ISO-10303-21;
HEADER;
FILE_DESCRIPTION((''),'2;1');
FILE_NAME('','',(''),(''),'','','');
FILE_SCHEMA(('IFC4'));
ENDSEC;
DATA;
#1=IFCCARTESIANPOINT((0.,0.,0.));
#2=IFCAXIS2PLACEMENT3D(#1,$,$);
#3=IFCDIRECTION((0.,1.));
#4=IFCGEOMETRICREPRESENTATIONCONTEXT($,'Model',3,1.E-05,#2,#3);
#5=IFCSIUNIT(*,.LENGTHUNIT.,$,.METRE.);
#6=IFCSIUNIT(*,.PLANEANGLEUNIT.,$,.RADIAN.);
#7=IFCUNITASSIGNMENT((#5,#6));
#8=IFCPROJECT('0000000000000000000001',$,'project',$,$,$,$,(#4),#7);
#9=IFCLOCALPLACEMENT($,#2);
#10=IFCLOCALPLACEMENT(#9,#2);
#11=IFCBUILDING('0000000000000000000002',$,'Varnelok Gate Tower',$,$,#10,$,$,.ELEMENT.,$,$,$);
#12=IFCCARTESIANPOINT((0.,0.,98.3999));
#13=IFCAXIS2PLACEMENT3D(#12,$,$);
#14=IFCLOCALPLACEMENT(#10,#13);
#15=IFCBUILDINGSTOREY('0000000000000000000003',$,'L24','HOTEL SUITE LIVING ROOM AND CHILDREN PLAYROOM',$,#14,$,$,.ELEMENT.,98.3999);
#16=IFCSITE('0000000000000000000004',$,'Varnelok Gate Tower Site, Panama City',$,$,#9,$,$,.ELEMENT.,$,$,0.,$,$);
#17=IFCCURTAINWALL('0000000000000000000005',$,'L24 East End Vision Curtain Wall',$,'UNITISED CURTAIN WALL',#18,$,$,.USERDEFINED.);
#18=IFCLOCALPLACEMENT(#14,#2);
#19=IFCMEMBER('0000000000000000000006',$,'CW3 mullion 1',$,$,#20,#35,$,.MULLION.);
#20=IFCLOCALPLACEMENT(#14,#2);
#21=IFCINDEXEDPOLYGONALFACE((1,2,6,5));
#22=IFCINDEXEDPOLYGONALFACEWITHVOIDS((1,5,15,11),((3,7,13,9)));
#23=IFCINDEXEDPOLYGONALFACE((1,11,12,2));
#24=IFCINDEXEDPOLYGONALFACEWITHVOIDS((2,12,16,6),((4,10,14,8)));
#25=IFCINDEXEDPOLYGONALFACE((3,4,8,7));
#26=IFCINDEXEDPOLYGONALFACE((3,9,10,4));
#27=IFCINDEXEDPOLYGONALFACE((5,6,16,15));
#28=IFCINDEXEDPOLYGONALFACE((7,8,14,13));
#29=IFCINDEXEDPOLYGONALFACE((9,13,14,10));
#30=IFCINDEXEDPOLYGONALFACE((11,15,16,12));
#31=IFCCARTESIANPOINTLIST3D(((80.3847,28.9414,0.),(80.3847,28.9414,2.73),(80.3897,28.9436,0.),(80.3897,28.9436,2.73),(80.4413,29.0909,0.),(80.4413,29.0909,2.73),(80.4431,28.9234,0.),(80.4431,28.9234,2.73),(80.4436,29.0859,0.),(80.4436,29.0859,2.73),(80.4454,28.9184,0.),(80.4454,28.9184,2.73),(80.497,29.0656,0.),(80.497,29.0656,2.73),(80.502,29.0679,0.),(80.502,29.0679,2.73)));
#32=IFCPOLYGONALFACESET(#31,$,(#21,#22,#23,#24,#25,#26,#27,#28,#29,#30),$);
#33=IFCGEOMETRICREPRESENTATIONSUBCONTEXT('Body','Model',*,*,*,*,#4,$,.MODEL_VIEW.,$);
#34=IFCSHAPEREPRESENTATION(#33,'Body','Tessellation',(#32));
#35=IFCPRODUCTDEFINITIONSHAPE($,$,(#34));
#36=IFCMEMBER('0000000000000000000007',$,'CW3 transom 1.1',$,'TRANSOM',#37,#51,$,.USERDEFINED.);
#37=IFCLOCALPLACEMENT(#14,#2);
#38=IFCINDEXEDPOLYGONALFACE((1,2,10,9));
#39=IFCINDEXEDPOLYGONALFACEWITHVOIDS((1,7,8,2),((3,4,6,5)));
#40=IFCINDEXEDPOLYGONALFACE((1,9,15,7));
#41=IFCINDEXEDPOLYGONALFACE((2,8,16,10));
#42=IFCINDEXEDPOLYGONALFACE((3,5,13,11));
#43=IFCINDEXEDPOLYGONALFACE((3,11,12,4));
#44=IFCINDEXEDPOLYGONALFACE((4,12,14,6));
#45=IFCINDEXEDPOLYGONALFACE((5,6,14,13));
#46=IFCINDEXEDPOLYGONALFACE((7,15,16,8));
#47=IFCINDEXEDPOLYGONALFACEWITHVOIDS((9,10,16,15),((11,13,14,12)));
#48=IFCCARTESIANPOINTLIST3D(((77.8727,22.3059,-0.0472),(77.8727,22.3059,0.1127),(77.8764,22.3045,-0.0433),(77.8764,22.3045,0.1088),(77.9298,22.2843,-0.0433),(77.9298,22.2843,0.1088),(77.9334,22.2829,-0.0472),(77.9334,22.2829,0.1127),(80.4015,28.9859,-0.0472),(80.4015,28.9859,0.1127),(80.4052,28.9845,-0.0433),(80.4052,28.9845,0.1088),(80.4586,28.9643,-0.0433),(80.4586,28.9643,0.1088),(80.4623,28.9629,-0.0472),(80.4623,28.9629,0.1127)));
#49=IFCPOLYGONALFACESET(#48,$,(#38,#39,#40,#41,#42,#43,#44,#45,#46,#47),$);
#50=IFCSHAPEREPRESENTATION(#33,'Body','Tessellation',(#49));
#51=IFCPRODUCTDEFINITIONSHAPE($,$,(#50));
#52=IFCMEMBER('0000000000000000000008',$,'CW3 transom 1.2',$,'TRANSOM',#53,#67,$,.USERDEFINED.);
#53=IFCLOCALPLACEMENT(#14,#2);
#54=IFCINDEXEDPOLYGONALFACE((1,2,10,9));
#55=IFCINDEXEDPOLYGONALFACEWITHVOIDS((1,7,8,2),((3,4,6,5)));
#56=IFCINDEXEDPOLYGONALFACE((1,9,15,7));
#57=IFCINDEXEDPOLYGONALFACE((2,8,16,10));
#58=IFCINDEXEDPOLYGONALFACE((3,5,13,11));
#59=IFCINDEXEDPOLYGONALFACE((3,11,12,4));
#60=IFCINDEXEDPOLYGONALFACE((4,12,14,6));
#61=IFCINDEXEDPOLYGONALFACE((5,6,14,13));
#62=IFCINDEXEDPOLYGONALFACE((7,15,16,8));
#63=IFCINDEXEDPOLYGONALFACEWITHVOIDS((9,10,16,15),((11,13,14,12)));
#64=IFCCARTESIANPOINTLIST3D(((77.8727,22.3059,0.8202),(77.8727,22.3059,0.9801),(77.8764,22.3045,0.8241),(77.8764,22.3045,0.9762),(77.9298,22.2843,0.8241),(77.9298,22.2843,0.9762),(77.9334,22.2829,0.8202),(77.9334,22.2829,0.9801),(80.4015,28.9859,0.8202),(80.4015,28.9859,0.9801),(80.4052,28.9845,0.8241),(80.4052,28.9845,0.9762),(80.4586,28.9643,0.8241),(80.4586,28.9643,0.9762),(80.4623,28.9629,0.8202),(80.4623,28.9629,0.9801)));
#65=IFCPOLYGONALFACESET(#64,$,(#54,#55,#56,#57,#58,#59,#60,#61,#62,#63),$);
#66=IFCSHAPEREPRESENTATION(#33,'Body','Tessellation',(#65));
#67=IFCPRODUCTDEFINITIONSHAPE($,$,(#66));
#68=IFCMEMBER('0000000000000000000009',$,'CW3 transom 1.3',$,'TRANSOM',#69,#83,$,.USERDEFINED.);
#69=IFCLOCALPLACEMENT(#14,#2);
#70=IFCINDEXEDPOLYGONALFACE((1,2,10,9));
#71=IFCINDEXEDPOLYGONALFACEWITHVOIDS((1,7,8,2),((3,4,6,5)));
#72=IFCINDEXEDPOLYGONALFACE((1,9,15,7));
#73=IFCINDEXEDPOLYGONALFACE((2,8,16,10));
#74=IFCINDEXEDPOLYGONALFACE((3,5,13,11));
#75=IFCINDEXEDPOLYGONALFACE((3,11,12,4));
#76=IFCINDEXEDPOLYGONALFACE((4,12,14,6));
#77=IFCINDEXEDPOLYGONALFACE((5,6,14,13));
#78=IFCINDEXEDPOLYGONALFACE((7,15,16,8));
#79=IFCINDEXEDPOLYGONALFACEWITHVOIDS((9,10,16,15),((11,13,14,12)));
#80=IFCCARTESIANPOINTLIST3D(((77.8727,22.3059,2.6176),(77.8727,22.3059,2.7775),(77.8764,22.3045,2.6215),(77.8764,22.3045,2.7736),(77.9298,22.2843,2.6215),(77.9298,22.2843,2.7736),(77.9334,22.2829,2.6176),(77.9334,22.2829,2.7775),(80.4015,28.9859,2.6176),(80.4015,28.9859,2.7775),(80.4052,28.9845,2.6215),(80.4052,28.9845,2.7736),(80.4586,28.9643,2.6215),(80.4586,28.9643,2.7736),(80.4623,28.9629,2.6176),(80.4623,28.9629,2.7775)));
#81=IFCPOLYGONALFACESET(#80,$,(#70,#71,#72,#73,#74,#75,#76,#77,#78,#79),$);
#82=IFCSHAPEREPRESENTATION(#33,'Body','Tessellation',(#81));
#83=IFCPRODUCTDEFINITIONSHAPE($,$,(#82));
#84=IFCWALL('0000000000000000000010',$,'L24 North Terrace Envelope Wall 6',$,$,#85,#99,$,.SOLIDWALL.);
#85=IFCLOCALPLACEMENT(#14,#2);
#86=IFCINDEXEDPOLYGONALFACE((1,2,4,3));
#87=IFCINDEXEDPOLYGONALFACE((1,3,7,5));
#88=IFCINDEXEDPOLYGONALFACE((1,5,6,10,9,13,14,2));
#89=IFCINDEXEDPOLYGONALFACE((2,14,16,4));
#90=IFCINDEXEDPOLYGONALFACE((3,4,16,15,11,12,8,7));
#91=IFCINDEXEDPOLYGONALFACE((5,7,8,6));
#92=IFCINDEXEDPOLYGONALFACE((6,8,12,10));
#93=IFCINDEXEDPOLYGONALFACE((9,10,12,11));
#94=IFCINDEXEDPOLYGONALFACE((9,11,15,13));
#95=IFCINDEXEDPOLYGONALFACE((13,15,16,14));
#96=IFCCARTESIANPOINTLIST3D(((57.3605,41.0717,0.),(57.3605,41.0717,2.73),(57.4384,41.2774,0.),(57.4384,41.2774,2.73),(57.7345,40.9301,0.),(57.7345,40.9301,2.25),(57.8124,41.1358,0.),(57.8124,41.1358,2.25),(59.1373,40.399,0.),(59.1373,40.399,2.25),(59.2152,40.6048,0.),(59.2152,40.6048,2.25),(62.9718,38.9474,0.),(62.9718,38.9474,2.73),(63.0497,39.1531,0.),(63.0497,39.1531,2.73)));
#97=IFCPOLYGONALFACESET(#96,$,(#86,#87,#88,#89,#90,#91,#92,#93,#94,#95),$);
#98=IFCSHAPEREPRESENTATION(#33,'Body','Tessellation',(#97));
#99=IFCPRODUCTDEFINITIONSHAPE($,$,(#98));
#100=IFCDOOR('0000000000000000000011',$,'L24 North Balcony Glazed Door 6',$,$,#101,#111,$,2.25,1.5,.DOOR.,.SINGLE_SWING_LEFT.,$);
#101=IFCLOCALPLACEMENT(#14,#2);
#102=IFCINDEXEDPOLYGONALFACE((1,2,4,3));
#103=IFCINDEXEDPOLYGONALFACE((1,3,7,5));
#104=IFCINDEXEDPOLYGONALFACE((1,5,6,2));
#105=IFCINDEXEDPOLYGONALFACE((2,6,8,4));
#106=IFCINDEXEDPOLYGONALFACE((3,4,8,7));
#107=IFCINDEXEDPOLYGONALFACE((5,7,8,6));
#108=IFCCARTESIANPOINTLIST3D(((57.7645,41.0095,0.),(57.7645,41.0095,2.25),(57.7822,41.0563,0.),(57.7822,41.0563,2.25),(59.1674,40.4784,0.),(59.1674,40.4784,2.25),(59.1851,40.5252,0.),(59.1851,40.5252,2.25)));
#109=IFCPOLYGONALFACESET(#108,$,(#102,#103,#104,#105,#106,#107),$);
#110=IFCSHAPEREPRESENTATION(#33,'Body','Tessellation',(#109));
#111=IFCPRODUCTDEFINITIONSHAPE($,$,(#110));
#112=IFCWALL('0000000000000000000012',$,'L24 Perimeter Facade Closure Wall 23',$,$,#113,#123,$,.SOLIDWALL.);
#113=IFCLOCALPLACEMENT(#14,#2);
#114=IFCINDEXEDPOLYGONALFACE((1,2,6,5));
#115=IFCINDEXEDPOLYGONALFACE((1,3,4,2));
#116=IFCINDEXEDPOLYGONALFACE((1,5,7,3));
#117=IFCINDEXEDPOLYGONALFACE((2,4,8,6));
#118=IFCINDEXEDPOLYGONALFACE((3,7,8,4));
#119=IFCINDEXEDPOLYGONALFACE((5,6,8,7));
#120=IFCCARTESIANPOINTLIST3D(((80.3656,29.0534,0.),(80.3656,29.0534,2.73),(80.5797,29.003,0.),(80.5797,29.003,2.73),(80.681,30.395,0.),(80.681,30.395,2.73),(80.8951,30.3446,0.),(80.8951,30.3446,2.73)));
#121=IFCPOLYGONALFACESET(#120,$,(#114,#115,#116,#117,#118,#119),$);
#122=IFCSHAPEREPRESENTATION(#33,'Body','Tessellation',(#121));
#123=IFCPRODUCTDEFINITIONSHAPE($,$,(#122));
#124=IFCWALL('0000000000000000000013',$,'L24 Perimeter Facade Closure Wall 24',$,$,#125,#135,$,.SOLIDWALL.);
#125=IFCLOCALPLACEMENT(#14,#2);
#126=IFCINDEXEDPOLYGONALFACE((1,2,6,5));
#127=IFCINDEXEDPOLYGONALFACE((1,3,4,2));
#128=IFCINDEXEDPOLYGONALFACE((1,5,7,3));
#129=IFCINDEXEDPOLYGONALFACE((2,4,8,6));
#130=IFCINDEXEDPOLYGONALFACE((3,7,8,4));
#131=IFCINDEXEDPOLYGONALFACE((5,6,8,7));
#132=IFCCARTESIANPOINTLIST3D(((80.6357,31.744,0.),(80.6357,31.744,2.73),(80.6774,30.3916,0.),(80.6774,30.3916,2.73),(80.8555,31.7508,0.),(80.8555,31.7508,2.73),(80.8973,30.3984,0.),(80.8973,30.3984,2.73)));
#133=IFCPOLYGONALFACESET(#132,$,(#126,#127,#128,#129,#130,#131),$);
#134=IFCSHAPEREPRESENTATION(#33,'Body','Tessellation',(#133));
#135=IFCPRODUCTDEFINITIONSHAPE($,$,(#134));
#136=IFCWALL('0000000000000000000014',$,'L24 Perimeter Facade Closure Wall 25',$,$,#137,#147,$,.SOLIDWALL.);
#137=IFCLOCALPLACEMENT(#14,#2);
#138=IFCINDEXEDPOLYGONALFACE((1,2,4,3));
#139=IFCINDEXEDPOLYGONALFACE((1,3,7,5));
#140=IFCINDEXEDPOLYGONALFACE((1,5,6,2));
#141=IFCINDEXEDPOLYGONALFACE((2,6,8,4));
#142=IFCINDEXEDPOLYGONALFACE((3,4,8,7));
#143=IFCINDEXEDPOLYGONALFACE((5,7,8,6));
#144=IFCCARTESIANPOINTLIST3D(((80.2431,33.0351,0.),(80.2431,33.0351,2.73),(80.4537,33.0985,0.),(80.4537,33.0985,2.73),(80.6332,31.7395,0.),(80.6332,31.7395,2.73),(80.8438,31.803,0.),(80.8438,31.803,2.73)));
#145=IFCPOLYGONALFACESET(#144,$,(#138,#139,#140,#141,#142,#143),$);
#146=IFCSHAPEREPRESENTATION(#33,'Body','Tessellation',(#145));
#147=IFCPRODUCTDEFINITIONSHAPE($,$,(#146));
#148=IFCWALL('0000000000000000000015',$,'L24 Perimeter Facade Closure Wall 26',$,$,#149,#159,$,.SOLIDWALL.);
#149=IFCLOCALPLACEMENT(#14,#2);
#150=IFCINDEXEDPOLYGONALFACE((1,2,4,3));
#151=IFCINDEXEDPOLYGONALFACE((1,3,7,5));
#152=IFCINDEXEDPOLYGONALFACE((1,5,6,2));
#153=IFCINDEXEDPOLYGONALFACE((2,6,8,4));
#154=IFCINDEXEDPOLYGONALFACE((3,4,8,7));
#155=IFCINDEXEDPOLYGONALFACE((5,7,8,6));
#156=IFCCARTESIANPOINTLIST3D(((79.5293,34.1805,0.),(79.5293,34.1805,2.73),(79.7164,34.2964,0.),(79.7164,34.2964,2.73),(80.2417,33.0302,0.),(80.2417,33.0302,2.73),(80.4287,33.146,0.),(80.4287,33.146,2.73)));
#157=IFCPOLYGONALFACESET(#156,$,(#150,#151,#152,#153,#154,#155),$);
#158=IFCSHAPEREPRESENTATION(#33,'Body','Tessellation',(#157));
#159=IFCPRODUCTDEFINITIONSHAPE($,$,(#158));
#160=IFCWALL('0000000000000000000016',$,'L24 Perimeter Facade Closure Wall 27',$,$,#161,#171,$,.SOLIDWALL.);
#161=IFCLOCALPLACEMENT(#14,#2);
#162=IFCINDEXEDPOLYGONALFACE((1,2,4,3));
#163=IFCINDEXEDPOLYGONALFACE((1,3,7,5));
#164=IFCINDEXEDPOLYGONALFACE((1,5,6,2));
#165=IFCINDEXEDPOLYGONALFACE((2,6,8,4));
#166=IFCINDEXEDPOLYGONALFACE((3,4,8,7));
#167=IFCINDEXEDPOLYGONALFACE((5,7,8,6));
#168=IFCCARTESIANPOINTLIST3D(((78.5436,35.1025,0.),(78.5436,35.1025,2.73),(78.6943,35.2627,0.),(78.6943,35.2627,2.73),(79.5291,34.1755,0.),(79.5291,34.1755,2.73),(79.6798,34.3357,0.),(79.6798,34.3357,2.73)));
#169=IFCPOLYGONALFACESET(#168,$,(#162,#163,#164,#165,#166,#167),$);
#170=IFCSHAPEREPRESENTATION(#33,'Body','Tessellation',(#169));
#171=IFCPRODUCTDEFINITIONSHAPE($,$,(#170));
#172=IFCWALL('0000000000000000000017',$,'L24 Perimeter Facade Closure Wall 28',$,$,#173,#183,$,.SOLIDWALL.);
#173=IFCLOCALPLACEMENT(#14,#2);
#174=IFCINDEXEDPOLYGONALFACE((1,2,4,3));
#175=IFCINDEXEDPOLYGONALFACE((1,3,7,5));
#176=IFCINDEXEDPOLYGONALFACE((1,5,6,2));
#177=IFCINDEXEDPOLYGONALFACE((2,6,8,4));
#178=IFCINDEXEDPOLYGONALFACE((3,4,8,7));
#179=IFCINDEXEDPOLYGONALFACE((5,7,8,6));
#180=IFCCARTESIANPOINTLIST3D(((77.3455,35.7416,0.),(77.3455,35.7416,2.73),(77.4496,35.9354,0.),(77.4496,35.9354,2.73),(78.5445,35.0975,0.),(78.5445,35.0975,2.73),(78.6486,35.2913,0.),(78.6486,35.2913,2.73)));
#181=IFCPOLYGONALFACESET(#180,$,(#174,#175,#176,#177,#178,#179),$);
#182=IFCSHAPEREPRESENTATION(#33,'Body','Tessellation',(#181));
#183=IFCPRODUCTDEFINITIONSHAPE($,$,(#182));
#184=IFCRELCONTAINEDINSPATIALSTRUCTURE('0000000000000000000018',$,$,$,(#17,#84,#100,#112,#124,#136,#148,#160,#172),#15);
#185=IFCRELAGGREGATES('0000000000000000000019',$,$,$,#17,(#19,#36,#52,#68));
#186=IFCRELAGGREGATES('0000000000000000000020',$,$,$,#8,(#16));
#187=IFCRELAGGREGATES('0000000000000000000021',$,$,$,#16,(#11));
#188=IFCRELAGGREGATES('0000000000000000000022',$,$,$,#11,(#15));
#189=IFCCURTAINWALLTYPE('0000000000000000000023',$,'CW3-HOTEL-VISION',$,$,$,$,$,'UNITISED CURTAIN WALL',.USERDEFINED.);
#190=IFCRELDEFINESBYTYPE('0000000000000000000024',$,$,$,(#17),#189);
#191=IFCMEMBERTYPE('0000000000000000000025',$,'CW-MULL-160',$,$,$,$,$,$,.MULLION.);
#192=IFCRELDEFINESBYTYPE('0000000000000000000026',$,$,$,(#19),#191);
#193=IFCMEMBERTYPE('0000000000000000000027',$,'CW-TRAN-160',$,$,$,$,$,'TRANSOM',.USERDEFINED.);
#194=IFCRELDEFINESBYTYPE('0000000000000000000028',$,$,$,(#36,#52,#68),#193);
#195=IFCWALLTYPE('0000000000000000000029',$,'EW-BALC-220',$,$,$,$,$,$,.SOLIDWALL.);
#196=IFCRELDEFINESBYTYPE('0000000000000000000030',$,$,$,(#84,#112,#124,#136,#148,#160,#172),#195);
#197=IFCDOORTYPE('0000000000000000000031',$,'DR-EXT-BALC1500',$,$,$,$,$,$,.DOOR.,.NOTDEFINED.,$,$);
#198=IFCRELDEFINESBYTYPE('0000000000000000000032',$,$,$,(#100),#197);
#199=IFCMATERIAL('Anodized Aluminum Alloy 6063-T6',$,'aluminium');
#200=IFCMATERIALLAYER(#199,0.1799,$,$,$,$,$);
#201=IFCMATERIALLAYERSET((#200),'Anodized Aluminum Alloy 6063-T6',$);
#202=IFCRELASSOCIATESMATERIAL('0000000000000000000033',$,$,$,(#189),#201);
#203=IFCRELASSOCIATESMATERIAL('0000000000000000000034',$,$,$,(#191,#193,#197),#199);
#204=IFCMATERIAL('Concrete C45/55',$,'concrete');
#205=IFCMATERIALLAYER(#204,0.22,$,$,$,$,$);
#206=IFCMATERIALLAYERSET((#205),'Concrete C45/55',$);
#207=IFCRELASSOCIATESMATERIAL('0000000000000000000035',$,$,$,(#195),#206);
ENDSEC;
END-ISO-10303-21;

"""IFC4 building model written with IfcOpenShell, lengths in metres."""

from ifc_helpers import new_model, si_unit, direction, frame, frame_2d, origin, origin_2d, place, context, subcontext, project, spatial, rectangle, hollow_rectangle, extrude, material, layer, layer_set, material_profile, profile_set, type_object, element, fill, aggregate, save


model = new_model("IFC4")

# Units and contexts
model_context = context("Model", 3, precision=1e-05, world=origin(), true_north=direction((0.0, 1.0)))
body_context = subcontext(model_context, "Body", "Model", "MODEL_VIEW")
ifc_project = project(units=[si_unit("LENGTHUNIT", "METRE"), si_unit("PLANEANGLEUNIT", "RADIAN")], contexts=[model_context])

# Site, building, storey
site_placement = place(None, origin())
site = spatial("IfcSite", under=ifc_project, at=site_placement, Name="Varnelok Gate Tower Site, Panama City", CompositionType="ELEMENT", RefElevation=0.0)
building_placement = place(site_placement, origin())
building = spatial("IfcBuilding", under=site, at=building_placement, Name="Varnelok Gate Tower", CompositionType="ELEMENT")
storey_placement = place(building_placement, frame((0.0, 0.0, 98.3999)))
storey = spatial("IfcBuildingStorey", under=building, at=storey_placement, Name="L24", Description="HOTEL SUITE LIVING ROOM AND CHILDREN PLAYROOM", CompositionType="ELEMENT", Elevation=98.3999)

# Curtain wall, members
ifc_material_1 = material(Name="Anodized Aluminum Alloy 6063-T6", Category="aluminium")
ifc_layer_1 = layer(ifc_material_1, 0.1799)
ifc_layer_set_1 = layer_set([ifc_layer_1], Name="Anodized Aluminum Alloy 6063-T6")
curtain_wall_type = type_object("IfcCurtainWallType", Name="CW3-HOTEL-VISION", ElementType="UNITISED CURTAIN WALL", PredefinedType="USERDEFINED", material=ifc_layer_set_1)
curtain_wall_placement = place(storey_placement, origin())
curtain_wall = element("IfcCurtainWall", 1, at=curtain_wall_placement, inside=storey, type_object=curtain_wall_type, Name="L24 East End Vision Curtain Wall", ObjectType="UNITISED CURTAIN WALL", PredefinedType="USERDEFINED")
ifc_material_profile_1 = material_profile(ifc_material_1, hollow_rectangle(XDim=0.0649, YDim=0.1599, WallThickness=0.0039, at=origin_2d()), Name="ALU160X65X4")
ifc_profile_set_1 = profile_set([ifc_material_profile_1], Name="Anodized Aluminum Alloy 6063-T6")
member_type_1 = type_object("IfcMemberType", Name="CW-MULL-160", PredefinedType="MULLION", material=ifc_profile_set_1)
member_1_placement = place(storey_placement, frame((80.4434, 29.0046, 0.0), z_axis=(0.0, 0.0, 1.0), x_axis=(0.935221, -0.354064, 0.0)))
member_1 = element("IfcMember", 2, at=member_1_placement, type_object=member_type_1, Name="CW3 mullion 1", PredefinedType="MULLION", context=body_context, shape_type="SweptSolid", body=[
    extrude(hollow_rectangle(XDim=0.0649, YDim=0.1599, WallThickness=0.0039, at=origin_2d()), origin(), (0.0, 0.0, 1.0), 2.73),
])
ifc_material_profile_2 = material_profile(ifc_material_1, hollow_rectangle(XDim=0.0649, YDim=0.1599, WallThickness=0.0039, at=origin_2d()), Name="ALU160X65X4")
ifc_profile_set_2 = profile_set([ifc_material_profile_2], Name="Anodized Aluminum Alloy 6063-T6")
member_type_2 = type_object("IfcMemberType", Name="CW-TRAN-160", ElementType="TRANSOM", PredefinedType="USERDEFINED", material=ifc_profile_set_2)
member_2_placement = place(storey_placement, frame((80.4319, 28.9744, 0.0327), z_axis=(-0.354047, -0.935228, 0.0), x_axis=(0.935228, -0.354047, 0.0)))
member_2 = element("IfcMember", 3, at=member_2_placement, type_object=member_type_2, Name="CW3 transom 1.1", ObjectType="TRANSOM", PredefinedType="USERDEFINED", context=body_context, shape_type="SweptSolid", body=[
    extrude(hollow_rectangle(XDim=0.0649, YDim=0.1599, WallThickness=0.0039, at=origin_2d()), origin(), (0.0, 0.0, 1.0), 7.1426),
])
member_3_placement = place(storey_placement, frame((80.4319, 28.9744, 0.9001), z_axis=(-0.354047, -0.935228, 0.0), x_axis=(0.935228, -0.354047, 0.0)))
member_3 = element("IfcMember", 4, at=member_3_placement, type_object=member_type_2, Name="CW3 transom 1.2", ObjectType="TRANSOM", PredefinedType="USERDEFINED", context=body_context, shape_type="SweptSolid", body=[
    extrude(hollow_rectangle(XDim=0.0649, YDim=0.1599, WallThickness=0.0039, at=origin_2d()), origin(), (0.0, 0.0, 1.0), 7.1426),
])
member_4_placement = place(storey_placement, frame((80.4319, 28.9744, 2.6975), z_axis=(-0.354047, -0.935228, 0.0), x_axis=(0.935228, -0.354047, 0.0)))
member_4 = element("IfcMember", 5, at=member_4_placement, type_object=member_type_2, Name="CW3 transom 1.3", ObjectType="TRANSOM", PredefinedType="USERDEFINED", context=body_context, shape_type="SweptSolid", body=[
    extrude(hollow_rectangle(XDim=0.0649, YDim=0.1599, WallThickness=0.0039, at=origin_2d()), origin(), (0.0, 0.0, 1.0), 7.1426),
])
aggregate(curtain_wall, [member_1, member_2, member_3, member_4])

# Wall, opening, door
ifc_material_2 = material(Name="Concrete C45/55", Category="concrete")
ifc_layer_2 = layer(ifc_material_2, 0.22)
ifc_layer_set_2 = layer_set([ifc_layer_2], Name="Concrete C45/55")
wall_type = type_object("IfcWallType", Name="EW-BALC-220", PredefinedType="SOLIDWALL", material=ifc_layer_set_2)
wall_1_placement = place(storey_placement, frame((57.3994, 41.1746, 0.0), z_axis=(0.0, 0.0, 1.0), x_axis=(0.935228, -0.354047, 0.0)))
wall_1 = element("IfcWall", 6, at=wall_1_placement, inside=storey, type_object=wall_type, Name="L24 North Terrace Envelope Wall 6", PredefinedType="SOLIDWALL", context=body_context, shape_type="SweptSolid", body=[
    extrude(rectangle(XDim=6.0, YDim=0.22, at=frame_2d((3.0, 0.0))), origin(), (0.0, 0.0, 1.0), 2.73),
])
opening_1_placement = place(wall_1_placement, frame((0.3999, 0.0, 0.0)))
opening_1 = element("IfcOpeningElement", 7, at=opening_1_placement, cuts=wall_1, PredefinedType="OPENING", context=body_context, shape_type="SweptSolid", body=[
    extrude(rectangle(XDim=1.5, YDim=2.25, at=frame_2d((0.75, 1.125))), frame((0.0, 0.1199, 0.0), z_axis=(0.0, -1.0, 0.0), x_axis=(1.0, 0.0, 0.0)), (0.0, 0.0, 1.0), 0.24),
])
door_type = type_object("IfcDoorType", Name="DR-EXT-BALC1500", OperationType="NOTDEFINED", PredefinedType="DOOR", material=ifc_material_1)
door_placement = place(opening_1_placement, origin())
door = element("IfcDoor", 8, at=door_placement, inside=storey, type_object=door_type, Name="L24 North Balcony Glazed Door 6", OperationType="SINGLE_SWING_LEFT", OverallHeight=2.25, OverallWidth=1.5, PredefinedType="DOOR", context=body_context, shape_type="SweptSolid", body=[
    extrude(rectangle(XDim=1.5, YDim=2.25, at=frame_2d((0.75, 1.125))), frame((0.0, 0.0249, 0.0), z_axis=(0.0, -1.0, 0.0), x_axis=(1.0, 0.0, 0.0)), (0.0, 0.0, 1.0), 0.05),
])
fill(opening_1, door)

# Walls
wall_2_placement = place(storey_placement, frame((80.4727, 29.0283, 0.0), z_axis=(0.0, 0.0, 1.0), x_axis=(0.228881, 0.973454, 0.0)))
element("IfcWall", 9, at=wall_2_placement, inside=storey, type_object=wall_type, Name="L24 Perimeter Facade Closure Wall 23", PredefinedType="SOLIDWALL", context=body_context, shape_type="SweptSolid", body=[
    extrude(rectangle(XDim=1.3782, YDim=0.22, at=frame_2d((0.689, 0.0))), origin(), (0.0, 0.0, 1.0), 2.73),
])
for number, where, z_axis, x_axis, name in (
    (10, (80.7874, 30.395, 0.0), (0.0, 0.0, 1.0), (-0.030857, 0.999524, 0.0), "L24 Perimeter Facade Closure Wall 24"),
    (11, (80.7385, 31.7712, 0.0), (0.0, 0.0, 1.0), (-0.288324, 0.957533, 0.0), "L24 Perimeter Facade Closure Wall 25"),
    (12, (80.3352, 33.0881, 0.0), (0.0, 0.0, 1.0), (-0.526491, 0.850181, 0.0), "L24 Perimeter Facade Closure Wall 26"),
    (13, (79.6045, 34.2556, 0.0), (0.0, 0.0, 1.0), (-0.728428, 0.685123, 0.0), "L24 Perimeter Facade Closure Wall 27"),
):
    element("IfcWall", number, at=place(storey_placement, frame(where, z_axis=z_axis, x_axis=x_axis)), inside=storey, type_object=wall_type, Name=name, PredefinedType="SOLIDWALL", context=body_context, shape_type="SweptSolid", body=[
        extrude(rectangle(XDim=1.353, YDim=0.22, at=frame_2d((0.6765, 0.0))), origin(), (0.0, 0.0, 1.0), 2.73),
    ])
wall_3_placement = place(storey_placement, frame((78.5967, 35.1943, 0.0), z_axis=(0.0, 0.0, 1.0), x_axis=(-0.880949, 0.473212, 0.0)))
element("IfcWall", 14, at=wall_3_placement, inside=storey, type_object=wall_type, Name="L24 Perimeter Facade Closure Wall 28", PredefinedType="SOLIDWALL", context=body_context, shape_type="SweptSolid", body=[
    extrude(rectangle(XDim=1.3611, YDim=0.22, at=frame_2d((0.6807, 0.0))), origin(), (0.0, 0.0, 1.0), 2.73),
])

save(model, "model.ifc")
